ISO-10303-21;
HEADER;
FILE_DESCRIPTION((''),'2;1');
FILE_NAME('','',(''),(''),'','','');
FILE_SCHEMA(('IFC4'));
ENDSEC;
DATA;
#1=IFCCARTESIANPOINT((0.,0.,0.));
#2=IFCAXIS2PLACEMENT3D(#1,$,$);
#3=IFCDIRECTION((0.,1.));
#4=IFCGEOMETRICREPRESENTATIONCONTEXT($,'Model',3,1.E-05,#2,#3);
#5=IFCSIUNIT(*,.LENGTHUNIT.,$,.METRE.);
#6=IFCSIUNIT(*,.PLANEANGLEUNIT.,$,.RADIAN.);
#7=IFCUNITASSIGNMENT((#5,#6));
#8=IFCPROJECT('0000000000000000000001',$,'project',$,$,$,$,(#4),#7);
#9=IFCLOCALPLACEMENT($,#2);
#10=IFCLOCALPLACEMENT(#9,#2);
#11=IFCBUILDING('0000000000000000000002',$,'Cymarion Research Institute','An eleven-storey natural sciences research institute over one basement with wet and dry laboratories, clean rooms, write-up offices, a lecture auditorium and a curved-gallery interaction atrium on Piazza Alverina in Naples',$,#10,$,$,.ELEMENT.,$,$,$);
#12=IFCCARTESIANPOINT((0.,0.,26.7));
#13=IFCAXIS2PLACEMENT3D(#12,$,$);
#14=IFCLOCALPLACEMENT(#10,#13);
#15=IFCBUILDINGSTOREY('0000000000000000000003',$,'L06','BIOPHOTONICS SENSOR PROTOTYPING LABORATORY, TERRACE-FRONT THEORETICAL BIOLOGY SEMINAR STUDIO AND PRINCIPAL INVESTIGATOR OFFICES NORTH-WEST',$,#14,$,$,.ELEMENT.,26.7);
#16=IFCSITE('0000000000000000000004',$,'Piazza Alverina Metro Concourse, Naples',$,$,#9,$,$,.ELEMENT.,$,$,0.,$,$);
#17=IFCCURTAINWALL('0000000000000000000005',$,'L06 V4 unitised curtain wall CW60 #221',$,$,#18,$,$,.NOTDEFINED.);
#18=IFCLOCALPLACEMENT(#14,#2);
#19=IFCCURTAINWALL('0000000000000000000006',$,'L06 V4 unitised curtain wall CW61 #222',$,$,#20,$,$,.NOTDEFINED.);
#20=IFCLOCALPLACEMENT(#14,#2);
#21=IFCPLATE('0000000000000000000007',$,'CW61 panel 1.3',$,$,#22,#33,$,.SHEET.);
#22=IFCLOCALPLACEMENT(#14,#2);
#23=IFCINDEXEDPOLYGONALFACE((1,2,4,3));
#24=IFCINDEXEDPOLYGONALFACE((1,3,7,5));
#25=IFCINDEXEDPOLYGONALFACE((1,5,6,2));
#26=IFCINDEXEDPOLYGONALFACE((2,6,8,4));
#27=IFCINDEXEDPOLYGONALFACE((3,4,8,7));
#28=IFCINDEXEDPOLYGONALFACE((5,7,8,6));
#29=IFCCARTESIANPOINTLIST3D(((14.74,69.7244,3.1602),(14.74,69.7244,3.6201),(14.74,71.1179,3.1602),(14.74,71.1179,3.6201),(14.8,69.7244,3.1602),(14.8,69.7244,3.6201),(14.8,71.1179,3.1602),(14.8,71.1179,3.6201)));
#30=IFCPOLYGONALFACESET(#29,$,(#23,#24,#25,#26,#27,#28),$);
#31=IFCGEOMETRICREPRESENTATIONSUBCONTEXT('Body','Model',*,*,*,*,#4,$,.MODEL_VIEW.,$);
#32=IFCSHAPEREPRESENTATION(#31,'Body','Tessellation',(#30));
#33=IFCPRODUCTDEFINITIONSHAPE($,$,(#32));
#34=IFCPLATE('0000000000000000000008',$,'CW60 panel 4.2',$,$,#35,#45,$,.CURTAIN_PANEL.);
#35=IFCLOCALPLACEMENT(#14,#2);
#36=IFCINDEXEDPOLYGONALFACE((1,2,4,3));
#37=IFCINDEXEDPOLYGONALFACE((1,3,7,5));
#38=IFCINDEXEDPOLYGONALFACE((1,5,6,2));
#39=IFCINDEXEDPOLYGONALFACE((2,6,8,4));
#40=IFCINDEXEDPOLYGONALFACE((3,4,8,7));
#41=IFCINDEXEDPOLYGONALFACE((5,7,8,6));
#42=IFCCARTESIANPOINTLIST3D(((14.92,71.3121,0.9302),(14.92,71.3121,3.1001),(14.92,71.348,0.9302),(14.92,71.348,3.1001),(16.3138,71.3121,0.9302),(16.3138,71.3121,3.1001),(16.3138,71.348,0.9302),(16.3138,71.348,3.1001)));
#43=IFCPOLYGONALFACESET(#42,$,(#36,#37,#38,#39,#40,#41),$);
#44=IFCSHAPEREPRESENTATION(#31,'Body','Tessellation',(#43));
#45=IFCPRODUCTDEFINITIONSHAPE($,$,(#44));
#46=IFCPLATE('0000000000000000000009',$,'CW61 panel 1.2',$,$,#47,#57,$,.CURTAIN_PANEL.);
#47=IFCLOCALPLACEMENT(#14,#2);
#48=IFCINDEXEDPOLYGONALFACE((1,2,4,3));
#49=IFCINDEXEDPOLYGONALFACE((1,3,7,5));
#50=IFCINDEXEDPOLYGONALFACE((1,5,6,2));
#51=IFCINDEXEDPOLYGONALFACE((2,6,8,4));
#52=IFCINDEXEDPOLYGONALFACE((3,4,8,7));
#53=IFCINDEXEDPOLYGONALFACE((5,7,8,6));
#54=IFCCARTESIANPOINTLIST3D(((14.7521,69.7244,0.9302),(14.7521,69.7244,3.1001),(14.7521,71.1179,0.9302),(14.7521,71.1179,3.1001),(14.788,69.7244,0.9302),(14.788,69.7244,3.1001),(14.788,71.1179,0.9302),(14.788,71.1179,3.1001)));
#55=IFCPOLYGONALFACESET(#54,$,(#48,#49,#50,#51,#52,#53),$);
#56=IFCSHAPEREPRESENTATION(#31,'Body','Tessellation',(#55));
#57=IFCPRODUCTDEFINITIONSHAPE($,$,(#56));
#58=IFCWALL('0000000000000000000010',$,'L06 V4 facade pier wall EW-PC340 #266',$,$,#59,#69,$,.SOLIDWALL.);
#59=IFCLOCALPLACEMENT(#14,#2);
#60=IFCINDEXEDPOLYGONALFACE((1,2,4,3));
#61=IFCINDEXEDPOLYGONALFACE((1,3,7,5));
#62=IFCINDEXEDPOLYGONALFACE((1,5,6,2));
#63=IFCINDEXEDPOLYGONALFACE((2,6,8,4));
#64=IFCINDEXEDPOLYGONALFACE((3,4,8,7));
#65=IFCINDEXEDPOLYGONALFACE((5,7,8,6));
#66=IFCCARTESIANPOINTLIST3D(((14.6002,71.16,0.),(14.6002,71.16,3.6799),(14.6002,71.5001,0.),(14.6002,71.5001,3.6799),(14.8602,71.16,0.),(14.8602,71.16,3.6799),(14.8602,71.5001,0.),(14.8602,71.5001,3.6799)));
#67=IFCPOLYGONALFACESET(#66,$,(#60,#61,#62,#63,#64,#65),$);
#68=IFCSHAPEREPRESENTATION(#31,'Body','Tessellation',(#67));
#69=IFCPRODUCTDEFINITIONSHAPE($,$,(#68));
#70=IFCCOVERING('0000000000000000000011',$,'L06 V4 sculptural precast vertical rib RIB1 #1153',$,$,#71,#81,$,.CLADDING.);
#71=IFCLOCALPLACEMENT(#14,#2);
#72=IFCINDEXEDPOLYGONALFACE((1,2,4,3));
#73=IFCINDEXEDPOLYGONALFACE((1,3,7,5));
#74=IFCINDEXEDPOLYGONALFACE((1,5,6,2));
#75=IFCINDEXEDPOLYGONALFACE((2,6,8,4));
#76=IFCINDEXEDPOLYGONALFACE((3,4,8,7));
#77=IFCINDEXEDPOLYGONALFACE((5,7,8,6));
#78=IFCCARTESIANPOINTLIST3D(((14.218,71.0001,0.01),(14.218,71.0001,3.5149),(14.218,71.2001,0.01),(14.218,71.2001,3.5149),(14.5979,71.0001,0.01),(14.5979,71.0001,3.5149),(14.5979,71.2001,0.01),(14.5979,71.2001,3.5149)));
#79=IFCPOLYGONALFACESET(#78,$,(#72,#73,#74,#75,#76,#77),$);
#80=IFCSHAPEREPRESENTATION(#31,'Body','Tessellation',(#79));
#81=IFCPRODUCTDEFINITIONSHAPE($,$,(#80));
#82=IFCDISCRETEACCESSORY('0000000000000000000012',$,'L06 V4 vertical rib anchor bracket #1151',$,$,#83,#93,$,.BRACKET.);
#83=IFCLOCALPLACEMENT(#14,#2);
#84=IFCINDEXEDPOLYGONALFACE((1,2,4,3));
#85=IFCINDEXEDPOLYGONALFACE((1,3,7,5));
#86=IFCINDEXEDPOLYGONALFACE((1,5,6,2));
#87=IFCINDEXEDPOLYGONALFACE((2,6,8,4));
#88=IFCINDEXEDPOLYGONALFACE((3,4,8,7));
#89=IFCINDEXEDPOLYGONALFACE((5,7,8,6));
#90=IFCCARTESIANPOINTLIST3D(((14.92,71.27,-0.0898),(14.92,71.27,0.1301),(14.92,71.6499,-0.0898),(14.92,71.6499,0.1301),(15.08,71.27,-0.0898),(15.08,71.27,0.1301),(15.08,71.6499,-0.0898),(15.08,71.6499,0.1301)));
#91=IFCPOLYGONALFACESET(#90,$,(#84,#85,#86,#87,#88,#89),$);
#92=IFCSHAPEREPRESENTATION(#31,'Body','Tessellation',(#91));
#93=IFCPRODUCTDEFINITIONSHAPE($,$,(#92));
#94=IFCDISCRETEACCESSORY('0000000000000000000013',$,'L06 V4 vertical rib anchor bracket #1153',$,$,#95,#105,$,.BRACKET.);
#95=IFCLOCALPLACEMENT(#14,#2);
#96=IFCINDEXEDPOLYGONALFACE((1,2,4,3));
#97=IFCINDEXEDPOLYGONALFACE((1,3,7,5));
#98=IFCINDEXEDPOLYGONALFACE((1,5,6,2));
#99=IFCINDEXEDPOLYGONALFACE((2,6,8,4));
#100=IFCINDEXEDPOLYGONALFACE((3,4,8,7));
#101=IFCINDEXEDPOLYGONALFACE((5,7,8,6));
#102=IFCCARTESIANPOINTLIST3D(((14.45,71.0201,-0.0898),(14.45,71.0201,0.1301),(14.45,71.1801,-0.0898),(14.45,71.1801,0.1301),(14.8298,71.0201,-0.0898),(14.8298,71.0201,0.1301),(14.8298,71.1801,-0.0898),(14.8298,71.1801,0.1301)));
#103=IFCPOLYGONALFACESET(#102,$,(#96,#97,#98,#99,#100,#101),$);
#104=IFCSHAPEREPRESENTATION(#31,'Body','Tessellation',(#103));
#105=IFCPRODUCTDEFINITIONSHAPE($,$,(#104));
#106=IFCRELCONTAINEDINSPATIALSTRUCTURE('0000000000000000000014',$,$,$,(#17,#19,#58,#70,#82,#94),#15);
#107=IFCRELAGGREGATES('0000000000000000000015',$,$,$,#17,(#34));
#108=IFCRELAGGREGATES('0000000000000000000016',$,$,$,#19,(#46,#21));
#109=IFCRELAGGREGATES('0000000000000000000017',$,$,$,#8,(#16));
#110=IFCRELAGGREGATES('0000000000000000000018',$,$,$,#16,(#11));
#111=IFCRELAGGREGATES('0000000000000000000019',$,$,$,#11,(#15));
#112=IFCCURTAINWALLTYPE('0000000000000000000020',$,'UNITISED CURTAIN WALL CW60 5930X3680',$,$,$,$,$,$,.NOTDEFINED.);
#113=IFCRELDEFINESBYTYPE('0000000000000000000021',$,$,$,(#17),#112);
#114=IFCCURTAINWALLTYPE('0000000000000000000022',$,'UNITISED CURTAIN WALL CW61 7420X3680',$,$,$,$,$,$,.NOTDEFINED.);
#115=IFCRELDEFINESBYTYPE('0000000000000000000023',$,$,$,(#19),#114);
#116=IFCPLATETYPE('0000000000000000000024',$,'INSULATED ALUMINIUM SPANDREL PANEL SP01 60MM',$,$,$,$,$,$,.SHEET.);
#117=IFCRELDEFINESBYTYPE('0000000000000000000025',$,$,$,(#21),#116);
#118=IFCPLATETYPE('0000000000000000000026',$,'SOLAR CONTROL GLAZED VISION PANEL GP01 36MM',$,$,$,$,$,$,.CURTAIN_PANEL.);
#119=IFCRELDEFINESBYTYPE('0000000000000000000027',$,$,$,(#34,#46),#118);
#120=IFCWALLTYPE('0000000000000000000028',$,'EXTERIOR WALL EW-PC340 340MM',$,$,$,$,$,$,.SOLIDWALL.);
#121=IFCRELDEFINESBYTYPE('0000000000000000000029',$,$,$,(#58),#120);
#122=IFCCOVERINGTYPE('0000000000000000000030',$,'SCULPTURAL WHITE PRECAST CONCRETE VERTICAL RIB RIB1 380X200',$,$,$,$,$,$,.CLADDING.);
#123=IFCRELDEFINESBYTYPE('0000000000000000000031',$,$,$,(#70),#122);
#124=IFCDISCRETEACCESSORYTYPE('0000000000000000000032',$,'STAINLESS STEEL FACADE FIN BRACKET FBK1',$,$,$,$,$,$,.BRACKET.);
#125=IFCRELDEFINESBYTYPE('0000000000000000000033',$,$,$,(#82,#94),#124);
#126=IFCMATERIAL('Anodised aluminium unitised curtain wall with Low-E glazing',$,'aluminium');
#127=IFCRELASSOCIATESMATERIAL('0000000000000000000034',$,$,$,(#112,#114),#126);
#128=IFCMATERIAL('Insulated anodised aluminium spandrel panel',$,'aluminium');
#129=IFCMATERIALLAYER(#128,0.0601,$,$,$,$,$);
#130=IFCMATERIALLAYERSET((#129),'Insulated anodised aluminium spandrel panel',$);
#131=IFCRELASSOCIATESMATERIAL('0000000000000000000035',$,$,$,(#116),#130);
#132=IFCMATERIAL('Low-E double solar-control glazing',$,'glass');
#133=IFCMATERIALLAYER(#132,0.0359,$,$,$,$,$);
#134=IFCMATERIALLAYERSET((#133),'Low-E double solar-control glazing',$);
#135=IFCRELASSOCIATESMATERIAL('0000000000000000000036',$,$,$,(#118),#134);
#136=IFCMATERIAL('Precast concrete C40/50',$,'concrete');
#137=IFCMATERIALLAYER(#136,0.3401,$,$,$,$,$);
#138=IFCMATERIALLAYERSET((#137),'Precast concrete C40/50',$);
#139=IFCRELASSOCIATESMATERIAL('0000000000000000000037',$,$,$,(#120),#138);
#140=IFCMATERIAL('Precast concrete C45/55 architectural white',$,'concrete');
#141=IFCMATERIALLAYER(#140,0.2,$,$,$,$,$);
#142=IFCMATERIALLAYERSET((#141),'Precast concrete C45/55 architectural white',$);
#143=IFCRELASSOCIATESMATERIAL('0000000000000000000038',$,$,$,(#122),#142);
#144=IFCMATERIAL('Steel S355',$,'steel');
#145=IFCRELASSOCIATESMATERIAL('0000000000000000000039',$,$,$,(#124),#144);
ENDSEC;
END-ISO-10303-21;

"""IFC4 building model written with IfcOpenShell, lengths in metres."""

from ifc_helpers import new_model, si_unit, direction, frame, frame_2d, origin, origin_2d, place, context, subcontext, project, spatial, rectangle, extrude, material, layer, layer_set, type_object, element, aggregate, save


model = new_model("IFC4")

# Units and contexts
model_context = context("Model", 3, precision=1e-05, world=origin(), true_north=direction((0.0, 1.0)))
body_context = subcontext(model_context, "Body", "Model", "MODEL_VIEW")
ifc_project = project(units=[si_unit("LENGTHUNIT", "METRE"), si_unit("PLANEANGLEUNIT", "RADIAN")], contexts=[model_context])

# Site, building, storey
site_placement = place(None, origin())
site = spatial("IfcSite", under=ifc_project, at=site_placement, Name="Piazza Alverina Metro Concourse, Naples", CompositionType="ELEMENT", RefElevation=0.0)
building_placement = place(site_placement, origin())
building = spatial("IfcBuilding", under=site, at=building_placement, Name="Cymarion Research Institute", Description="An eleven-storey natural sciences research institute over one basement with wet and dry laboratories, clean rooms, write-up offices, a lecture auditorium and a curved-gallery interaction atrium on Piazza Alverina in Naples", CompositionType="ELEMENT")
storey_placement = place(building_placement, frame((0.0, 0.0, 26.7)))
storey = spatial("IfcBuildingStorey", under=building, at=storey_placement, Name="L06", Description="BIOPHOTONICS SENSOR PROTOTYPING LABORATORY, TERRACE-FRONT THEORETICAL BIOLOGY SEMINAR STUDIO AND PRINCIPAL INVESTIGATOR OFFICES NORTH-WEST", CompositionType="ELEMENT", Elevation=26.7)

# Curtain wall
ifc_material_1 = material(Name="Anodised aluminium unitised curtain wall with Low-E glazing", Category="aluminium")
curtain_wall_type_1 = type_object("IfcCurtainWallType", Name="UNITISED CURTAIN WALL CW60 5930X3680", PredefinedType="NOTDEFINED", material=ifc_material_1)
curtain_wall_1_placement = place(storey_placement, origin())
curtain_wall_1 = element("IfcCurtainWall", 1, at=curtain_wall_1_placement, inside=storey, type_object=curtain_wall_type_1, Name="L06 V4 unitised curtain wall CW60 #221", PredefinedType="NOTDEFINED")

# Curtain wall
curtain_wall_type_2 = type_object("IfcCurtainWallType", Name="UNITISED CURTAIN WALL CW61 7420X3680", PredefinedType="NOTDEFINED", material=ifc_material_1)
curtain_wall_2_placement = place(storey_placement, origin())
curtain_wall_2 = element("IfcCurtainWall", 2, at=curtain_wall_2_placement, inside=storey, type_object=curtain_wall_type_2, Name="L06 V4 unitised curtain wall CW61 #222", PredefinedType="NOTDEFINED")

# Plates
ifc_material_2 = material(Name="Insulated anodised aluminium spandrel panel", Category="aluminium")
ifc_layer_1 = layer(ifc_material_2, 0.0601)
ifc_layer_set_1 = layer_set([ifc_layer_1], Name="Insulated anodised aluminium spandrel panel")
plate_type_1 = type_object("IfcPlateType", Name="INSULATED ALUMINIUM SPANDREL PANEL SP01 60MM", PredefinedType="SHEET", material=ifc_layer_set_1)
plate_1_placement = place(storey_placement, frame((14.77, 70.4211, 3.1602), z_axis=(0.0, 0.0, 1.0), x_axis=(0.0, -1.0, 0.0)))
plate_1 = element("IfcPlate", 3, at=plate_1_placement, type_object=plate_type_1, Name="CW61 panel 1.3", PredefinedType="SHEET", context=body_context, shape_type="SweptSolid", body=[
    extrude(rectangle(XDim=1.3936, YDim=0.0601, at=origin_2d()), origin(), (0.0, 0.0, 1.0), 0.46),
])
ifc_material_3 = material(Name="Low-E double solar-control glazing", Category="glass")
ifc_layer_2 = layer(ifc_material_3, 0.0359)
ifc_layer_set_2 = layer_set([ifc_layer_2], Name="Low-E double solar-control glazing")
plate_type_2 = type_object("IfcPlateType", Name="SOLAR CONTROL GLAZED VISION PANEL GP01 36MM", PredefinedType="CURTAIN_PANEL", material=ifc_layer_set_2)
plate_2_placement = place(storey_placement, frame((15.6169, 71.3301, 0.9302), z_axis=(0.0, 0.0, 1.0), x_axis=(-1.0, 0.0, 0.0)))
plate_2 = element("IfcPlate", 4, at=plate_2_placement, type_object=plate_type_2, Name="CW60 panel 4.2", PredefinedType="CURTAIN_PANEL", context=body_context, shape_type="SweptSolid", body=[
    extrude(rectangle(XDim=1.3938, YDim=0.0359, at=origin_2d()), origin(), (0.0, 0.0, 1.0), 2.1699),
])
aggregate(curtain_wall_1, [plate_2])
plate_3_placement = place(storey_placement, frame((14.77, 70.4211, 0.9302), z_axis=(0.0, 0.0, 1.0), x_axis=(0.0, -1.0, 0.0)))
plate_3 = element("IfcPlate", 5, at=plate_3_placement, type_object=plate_type_2, Name="CW61 panel 1.2", PredefinedType="CURTAIN_PANEL", context=body_context, shape_type="SweptSolid", body=[
    extrude(rectangle(XDim=1.3936, YDim=0.0359, at=origin_2d()), origin(), (0.0, 0.0, 1.0), 2.1699),
])
aggregate(curtain_wall_2, [plate_3, plate_1])

# Wall
ifc_material_4 = material(Name="Precast concrete C40/50", Category="concrete")
ifc_layer_3 = layer(ifc_material_4, 0.3401)
ifc_layer_set_3 = layer_set([ifc_layer_3], Name="Precast concrete C40/50")
wall_type = type_object("IfcWallType", Name="EXTERIOR WALL EW-PC340 340MM", PredefinedType="SOLIDWALL", material=ifc_layer_set_3)
wall_placement = place(storey_placement, frame((14.8601, 71.3301, 0.0), z_axis=(0.0, 0.0, 1.0), x_axis=(-1.0, 0.0, 0.0)))
element("IfcWall", 6, at=wall_placement, inside=storey, type_object=wall_type, Name="L06 V4 facade pier wall EW-PC340 #266", PredefinedType="SOLIDWALL", context=body_context, shape_type="SweptSolid", body=[
    extrude(rectangle(XDim=0.26, YDim=0.3401, at=frame_2d((0.1299, 0.0))), origin(), (0.0, 0.0, 1.0), 3.6799),
])

# Covering
ifc_material_5 = material(Name="Precast concrete C45/55 architectural white", Category="concrete")
ifc_layer_4 = layer(ifc_material_5, 0.2)
ifc_layer_set_4 = layer_set([ifc_layer_4], Name="Precast concrete C45/55 architectural white")
covering_type = type_object("IfcCoveringType", Name="SCULPTURAL WHITE PRECAST CONCRETE VERTICAL RIB RIB1 380X200", PredefinedType="CLADDING", material=ifc_layer_set_4)
covering_placement = place(storey_placement, frame((14.408, 71.1001, 0.01), z_axis=(0.0, 0.0, 1.0), x_axis=(-1.0, 0.0, 0.0)))
element("IfcCovering", 7, at=covering_placement, inside=storey, type_object=covering_type, Name="L06 V4 sculptural precast vertical rib RIB1 #1153", PredefinedType="CLADDING", context=body_context, shape_type="SweptSolid", body=[
    extrude(rectangle(XDim=0.3799, YDim=0.2, at=origin_2d()), origin(), (0.0, 0.0, 1.0), 3.5049),
])

# Discrete accessories
ifc_material_6 = material(Name="Steel S355", Category="steel")
discrete_accessory_type = type_object("IfcDiscreteAccessoryType", Name="STAINLESS STEEL FACADE FIN BRACKET FBK1", PredefinedType="BRACKET", material=ifc_material_6)
for number, where, z_axis, x_axis, name in (
    (8, (15.0, 71.46, -0.0898), (0.0, 0.0, 1.0), (0.0, 1.0, 0.0), "L06 V4 vertical rib anchor bracket #1151"),
    (9, (14.6399, 71.1001, -0.0898), (0.0, 0.0, 1.0), (-1.0, 0.0, 0.0), "L06 V4 vertical rib anchor bracket #1153"),
):
    element("IfcDiscreteAccessory", number, at=place(storey_placement, frame(where, z_axis=z_axis, x_axis=x_axis)), inside=storey, type_object=discrete_accessory_type, Name=name, PredefinedType="BRACKET", context=body_context, shape_type="SweptSolid", body=[
        extrude(rectangle(XDim=0.3799, YDim=0.1599, at=origin_2d()), origin(), (0.0, 0.0, 1.0), 0.22),
    ])

save(model, "model.ifc")
